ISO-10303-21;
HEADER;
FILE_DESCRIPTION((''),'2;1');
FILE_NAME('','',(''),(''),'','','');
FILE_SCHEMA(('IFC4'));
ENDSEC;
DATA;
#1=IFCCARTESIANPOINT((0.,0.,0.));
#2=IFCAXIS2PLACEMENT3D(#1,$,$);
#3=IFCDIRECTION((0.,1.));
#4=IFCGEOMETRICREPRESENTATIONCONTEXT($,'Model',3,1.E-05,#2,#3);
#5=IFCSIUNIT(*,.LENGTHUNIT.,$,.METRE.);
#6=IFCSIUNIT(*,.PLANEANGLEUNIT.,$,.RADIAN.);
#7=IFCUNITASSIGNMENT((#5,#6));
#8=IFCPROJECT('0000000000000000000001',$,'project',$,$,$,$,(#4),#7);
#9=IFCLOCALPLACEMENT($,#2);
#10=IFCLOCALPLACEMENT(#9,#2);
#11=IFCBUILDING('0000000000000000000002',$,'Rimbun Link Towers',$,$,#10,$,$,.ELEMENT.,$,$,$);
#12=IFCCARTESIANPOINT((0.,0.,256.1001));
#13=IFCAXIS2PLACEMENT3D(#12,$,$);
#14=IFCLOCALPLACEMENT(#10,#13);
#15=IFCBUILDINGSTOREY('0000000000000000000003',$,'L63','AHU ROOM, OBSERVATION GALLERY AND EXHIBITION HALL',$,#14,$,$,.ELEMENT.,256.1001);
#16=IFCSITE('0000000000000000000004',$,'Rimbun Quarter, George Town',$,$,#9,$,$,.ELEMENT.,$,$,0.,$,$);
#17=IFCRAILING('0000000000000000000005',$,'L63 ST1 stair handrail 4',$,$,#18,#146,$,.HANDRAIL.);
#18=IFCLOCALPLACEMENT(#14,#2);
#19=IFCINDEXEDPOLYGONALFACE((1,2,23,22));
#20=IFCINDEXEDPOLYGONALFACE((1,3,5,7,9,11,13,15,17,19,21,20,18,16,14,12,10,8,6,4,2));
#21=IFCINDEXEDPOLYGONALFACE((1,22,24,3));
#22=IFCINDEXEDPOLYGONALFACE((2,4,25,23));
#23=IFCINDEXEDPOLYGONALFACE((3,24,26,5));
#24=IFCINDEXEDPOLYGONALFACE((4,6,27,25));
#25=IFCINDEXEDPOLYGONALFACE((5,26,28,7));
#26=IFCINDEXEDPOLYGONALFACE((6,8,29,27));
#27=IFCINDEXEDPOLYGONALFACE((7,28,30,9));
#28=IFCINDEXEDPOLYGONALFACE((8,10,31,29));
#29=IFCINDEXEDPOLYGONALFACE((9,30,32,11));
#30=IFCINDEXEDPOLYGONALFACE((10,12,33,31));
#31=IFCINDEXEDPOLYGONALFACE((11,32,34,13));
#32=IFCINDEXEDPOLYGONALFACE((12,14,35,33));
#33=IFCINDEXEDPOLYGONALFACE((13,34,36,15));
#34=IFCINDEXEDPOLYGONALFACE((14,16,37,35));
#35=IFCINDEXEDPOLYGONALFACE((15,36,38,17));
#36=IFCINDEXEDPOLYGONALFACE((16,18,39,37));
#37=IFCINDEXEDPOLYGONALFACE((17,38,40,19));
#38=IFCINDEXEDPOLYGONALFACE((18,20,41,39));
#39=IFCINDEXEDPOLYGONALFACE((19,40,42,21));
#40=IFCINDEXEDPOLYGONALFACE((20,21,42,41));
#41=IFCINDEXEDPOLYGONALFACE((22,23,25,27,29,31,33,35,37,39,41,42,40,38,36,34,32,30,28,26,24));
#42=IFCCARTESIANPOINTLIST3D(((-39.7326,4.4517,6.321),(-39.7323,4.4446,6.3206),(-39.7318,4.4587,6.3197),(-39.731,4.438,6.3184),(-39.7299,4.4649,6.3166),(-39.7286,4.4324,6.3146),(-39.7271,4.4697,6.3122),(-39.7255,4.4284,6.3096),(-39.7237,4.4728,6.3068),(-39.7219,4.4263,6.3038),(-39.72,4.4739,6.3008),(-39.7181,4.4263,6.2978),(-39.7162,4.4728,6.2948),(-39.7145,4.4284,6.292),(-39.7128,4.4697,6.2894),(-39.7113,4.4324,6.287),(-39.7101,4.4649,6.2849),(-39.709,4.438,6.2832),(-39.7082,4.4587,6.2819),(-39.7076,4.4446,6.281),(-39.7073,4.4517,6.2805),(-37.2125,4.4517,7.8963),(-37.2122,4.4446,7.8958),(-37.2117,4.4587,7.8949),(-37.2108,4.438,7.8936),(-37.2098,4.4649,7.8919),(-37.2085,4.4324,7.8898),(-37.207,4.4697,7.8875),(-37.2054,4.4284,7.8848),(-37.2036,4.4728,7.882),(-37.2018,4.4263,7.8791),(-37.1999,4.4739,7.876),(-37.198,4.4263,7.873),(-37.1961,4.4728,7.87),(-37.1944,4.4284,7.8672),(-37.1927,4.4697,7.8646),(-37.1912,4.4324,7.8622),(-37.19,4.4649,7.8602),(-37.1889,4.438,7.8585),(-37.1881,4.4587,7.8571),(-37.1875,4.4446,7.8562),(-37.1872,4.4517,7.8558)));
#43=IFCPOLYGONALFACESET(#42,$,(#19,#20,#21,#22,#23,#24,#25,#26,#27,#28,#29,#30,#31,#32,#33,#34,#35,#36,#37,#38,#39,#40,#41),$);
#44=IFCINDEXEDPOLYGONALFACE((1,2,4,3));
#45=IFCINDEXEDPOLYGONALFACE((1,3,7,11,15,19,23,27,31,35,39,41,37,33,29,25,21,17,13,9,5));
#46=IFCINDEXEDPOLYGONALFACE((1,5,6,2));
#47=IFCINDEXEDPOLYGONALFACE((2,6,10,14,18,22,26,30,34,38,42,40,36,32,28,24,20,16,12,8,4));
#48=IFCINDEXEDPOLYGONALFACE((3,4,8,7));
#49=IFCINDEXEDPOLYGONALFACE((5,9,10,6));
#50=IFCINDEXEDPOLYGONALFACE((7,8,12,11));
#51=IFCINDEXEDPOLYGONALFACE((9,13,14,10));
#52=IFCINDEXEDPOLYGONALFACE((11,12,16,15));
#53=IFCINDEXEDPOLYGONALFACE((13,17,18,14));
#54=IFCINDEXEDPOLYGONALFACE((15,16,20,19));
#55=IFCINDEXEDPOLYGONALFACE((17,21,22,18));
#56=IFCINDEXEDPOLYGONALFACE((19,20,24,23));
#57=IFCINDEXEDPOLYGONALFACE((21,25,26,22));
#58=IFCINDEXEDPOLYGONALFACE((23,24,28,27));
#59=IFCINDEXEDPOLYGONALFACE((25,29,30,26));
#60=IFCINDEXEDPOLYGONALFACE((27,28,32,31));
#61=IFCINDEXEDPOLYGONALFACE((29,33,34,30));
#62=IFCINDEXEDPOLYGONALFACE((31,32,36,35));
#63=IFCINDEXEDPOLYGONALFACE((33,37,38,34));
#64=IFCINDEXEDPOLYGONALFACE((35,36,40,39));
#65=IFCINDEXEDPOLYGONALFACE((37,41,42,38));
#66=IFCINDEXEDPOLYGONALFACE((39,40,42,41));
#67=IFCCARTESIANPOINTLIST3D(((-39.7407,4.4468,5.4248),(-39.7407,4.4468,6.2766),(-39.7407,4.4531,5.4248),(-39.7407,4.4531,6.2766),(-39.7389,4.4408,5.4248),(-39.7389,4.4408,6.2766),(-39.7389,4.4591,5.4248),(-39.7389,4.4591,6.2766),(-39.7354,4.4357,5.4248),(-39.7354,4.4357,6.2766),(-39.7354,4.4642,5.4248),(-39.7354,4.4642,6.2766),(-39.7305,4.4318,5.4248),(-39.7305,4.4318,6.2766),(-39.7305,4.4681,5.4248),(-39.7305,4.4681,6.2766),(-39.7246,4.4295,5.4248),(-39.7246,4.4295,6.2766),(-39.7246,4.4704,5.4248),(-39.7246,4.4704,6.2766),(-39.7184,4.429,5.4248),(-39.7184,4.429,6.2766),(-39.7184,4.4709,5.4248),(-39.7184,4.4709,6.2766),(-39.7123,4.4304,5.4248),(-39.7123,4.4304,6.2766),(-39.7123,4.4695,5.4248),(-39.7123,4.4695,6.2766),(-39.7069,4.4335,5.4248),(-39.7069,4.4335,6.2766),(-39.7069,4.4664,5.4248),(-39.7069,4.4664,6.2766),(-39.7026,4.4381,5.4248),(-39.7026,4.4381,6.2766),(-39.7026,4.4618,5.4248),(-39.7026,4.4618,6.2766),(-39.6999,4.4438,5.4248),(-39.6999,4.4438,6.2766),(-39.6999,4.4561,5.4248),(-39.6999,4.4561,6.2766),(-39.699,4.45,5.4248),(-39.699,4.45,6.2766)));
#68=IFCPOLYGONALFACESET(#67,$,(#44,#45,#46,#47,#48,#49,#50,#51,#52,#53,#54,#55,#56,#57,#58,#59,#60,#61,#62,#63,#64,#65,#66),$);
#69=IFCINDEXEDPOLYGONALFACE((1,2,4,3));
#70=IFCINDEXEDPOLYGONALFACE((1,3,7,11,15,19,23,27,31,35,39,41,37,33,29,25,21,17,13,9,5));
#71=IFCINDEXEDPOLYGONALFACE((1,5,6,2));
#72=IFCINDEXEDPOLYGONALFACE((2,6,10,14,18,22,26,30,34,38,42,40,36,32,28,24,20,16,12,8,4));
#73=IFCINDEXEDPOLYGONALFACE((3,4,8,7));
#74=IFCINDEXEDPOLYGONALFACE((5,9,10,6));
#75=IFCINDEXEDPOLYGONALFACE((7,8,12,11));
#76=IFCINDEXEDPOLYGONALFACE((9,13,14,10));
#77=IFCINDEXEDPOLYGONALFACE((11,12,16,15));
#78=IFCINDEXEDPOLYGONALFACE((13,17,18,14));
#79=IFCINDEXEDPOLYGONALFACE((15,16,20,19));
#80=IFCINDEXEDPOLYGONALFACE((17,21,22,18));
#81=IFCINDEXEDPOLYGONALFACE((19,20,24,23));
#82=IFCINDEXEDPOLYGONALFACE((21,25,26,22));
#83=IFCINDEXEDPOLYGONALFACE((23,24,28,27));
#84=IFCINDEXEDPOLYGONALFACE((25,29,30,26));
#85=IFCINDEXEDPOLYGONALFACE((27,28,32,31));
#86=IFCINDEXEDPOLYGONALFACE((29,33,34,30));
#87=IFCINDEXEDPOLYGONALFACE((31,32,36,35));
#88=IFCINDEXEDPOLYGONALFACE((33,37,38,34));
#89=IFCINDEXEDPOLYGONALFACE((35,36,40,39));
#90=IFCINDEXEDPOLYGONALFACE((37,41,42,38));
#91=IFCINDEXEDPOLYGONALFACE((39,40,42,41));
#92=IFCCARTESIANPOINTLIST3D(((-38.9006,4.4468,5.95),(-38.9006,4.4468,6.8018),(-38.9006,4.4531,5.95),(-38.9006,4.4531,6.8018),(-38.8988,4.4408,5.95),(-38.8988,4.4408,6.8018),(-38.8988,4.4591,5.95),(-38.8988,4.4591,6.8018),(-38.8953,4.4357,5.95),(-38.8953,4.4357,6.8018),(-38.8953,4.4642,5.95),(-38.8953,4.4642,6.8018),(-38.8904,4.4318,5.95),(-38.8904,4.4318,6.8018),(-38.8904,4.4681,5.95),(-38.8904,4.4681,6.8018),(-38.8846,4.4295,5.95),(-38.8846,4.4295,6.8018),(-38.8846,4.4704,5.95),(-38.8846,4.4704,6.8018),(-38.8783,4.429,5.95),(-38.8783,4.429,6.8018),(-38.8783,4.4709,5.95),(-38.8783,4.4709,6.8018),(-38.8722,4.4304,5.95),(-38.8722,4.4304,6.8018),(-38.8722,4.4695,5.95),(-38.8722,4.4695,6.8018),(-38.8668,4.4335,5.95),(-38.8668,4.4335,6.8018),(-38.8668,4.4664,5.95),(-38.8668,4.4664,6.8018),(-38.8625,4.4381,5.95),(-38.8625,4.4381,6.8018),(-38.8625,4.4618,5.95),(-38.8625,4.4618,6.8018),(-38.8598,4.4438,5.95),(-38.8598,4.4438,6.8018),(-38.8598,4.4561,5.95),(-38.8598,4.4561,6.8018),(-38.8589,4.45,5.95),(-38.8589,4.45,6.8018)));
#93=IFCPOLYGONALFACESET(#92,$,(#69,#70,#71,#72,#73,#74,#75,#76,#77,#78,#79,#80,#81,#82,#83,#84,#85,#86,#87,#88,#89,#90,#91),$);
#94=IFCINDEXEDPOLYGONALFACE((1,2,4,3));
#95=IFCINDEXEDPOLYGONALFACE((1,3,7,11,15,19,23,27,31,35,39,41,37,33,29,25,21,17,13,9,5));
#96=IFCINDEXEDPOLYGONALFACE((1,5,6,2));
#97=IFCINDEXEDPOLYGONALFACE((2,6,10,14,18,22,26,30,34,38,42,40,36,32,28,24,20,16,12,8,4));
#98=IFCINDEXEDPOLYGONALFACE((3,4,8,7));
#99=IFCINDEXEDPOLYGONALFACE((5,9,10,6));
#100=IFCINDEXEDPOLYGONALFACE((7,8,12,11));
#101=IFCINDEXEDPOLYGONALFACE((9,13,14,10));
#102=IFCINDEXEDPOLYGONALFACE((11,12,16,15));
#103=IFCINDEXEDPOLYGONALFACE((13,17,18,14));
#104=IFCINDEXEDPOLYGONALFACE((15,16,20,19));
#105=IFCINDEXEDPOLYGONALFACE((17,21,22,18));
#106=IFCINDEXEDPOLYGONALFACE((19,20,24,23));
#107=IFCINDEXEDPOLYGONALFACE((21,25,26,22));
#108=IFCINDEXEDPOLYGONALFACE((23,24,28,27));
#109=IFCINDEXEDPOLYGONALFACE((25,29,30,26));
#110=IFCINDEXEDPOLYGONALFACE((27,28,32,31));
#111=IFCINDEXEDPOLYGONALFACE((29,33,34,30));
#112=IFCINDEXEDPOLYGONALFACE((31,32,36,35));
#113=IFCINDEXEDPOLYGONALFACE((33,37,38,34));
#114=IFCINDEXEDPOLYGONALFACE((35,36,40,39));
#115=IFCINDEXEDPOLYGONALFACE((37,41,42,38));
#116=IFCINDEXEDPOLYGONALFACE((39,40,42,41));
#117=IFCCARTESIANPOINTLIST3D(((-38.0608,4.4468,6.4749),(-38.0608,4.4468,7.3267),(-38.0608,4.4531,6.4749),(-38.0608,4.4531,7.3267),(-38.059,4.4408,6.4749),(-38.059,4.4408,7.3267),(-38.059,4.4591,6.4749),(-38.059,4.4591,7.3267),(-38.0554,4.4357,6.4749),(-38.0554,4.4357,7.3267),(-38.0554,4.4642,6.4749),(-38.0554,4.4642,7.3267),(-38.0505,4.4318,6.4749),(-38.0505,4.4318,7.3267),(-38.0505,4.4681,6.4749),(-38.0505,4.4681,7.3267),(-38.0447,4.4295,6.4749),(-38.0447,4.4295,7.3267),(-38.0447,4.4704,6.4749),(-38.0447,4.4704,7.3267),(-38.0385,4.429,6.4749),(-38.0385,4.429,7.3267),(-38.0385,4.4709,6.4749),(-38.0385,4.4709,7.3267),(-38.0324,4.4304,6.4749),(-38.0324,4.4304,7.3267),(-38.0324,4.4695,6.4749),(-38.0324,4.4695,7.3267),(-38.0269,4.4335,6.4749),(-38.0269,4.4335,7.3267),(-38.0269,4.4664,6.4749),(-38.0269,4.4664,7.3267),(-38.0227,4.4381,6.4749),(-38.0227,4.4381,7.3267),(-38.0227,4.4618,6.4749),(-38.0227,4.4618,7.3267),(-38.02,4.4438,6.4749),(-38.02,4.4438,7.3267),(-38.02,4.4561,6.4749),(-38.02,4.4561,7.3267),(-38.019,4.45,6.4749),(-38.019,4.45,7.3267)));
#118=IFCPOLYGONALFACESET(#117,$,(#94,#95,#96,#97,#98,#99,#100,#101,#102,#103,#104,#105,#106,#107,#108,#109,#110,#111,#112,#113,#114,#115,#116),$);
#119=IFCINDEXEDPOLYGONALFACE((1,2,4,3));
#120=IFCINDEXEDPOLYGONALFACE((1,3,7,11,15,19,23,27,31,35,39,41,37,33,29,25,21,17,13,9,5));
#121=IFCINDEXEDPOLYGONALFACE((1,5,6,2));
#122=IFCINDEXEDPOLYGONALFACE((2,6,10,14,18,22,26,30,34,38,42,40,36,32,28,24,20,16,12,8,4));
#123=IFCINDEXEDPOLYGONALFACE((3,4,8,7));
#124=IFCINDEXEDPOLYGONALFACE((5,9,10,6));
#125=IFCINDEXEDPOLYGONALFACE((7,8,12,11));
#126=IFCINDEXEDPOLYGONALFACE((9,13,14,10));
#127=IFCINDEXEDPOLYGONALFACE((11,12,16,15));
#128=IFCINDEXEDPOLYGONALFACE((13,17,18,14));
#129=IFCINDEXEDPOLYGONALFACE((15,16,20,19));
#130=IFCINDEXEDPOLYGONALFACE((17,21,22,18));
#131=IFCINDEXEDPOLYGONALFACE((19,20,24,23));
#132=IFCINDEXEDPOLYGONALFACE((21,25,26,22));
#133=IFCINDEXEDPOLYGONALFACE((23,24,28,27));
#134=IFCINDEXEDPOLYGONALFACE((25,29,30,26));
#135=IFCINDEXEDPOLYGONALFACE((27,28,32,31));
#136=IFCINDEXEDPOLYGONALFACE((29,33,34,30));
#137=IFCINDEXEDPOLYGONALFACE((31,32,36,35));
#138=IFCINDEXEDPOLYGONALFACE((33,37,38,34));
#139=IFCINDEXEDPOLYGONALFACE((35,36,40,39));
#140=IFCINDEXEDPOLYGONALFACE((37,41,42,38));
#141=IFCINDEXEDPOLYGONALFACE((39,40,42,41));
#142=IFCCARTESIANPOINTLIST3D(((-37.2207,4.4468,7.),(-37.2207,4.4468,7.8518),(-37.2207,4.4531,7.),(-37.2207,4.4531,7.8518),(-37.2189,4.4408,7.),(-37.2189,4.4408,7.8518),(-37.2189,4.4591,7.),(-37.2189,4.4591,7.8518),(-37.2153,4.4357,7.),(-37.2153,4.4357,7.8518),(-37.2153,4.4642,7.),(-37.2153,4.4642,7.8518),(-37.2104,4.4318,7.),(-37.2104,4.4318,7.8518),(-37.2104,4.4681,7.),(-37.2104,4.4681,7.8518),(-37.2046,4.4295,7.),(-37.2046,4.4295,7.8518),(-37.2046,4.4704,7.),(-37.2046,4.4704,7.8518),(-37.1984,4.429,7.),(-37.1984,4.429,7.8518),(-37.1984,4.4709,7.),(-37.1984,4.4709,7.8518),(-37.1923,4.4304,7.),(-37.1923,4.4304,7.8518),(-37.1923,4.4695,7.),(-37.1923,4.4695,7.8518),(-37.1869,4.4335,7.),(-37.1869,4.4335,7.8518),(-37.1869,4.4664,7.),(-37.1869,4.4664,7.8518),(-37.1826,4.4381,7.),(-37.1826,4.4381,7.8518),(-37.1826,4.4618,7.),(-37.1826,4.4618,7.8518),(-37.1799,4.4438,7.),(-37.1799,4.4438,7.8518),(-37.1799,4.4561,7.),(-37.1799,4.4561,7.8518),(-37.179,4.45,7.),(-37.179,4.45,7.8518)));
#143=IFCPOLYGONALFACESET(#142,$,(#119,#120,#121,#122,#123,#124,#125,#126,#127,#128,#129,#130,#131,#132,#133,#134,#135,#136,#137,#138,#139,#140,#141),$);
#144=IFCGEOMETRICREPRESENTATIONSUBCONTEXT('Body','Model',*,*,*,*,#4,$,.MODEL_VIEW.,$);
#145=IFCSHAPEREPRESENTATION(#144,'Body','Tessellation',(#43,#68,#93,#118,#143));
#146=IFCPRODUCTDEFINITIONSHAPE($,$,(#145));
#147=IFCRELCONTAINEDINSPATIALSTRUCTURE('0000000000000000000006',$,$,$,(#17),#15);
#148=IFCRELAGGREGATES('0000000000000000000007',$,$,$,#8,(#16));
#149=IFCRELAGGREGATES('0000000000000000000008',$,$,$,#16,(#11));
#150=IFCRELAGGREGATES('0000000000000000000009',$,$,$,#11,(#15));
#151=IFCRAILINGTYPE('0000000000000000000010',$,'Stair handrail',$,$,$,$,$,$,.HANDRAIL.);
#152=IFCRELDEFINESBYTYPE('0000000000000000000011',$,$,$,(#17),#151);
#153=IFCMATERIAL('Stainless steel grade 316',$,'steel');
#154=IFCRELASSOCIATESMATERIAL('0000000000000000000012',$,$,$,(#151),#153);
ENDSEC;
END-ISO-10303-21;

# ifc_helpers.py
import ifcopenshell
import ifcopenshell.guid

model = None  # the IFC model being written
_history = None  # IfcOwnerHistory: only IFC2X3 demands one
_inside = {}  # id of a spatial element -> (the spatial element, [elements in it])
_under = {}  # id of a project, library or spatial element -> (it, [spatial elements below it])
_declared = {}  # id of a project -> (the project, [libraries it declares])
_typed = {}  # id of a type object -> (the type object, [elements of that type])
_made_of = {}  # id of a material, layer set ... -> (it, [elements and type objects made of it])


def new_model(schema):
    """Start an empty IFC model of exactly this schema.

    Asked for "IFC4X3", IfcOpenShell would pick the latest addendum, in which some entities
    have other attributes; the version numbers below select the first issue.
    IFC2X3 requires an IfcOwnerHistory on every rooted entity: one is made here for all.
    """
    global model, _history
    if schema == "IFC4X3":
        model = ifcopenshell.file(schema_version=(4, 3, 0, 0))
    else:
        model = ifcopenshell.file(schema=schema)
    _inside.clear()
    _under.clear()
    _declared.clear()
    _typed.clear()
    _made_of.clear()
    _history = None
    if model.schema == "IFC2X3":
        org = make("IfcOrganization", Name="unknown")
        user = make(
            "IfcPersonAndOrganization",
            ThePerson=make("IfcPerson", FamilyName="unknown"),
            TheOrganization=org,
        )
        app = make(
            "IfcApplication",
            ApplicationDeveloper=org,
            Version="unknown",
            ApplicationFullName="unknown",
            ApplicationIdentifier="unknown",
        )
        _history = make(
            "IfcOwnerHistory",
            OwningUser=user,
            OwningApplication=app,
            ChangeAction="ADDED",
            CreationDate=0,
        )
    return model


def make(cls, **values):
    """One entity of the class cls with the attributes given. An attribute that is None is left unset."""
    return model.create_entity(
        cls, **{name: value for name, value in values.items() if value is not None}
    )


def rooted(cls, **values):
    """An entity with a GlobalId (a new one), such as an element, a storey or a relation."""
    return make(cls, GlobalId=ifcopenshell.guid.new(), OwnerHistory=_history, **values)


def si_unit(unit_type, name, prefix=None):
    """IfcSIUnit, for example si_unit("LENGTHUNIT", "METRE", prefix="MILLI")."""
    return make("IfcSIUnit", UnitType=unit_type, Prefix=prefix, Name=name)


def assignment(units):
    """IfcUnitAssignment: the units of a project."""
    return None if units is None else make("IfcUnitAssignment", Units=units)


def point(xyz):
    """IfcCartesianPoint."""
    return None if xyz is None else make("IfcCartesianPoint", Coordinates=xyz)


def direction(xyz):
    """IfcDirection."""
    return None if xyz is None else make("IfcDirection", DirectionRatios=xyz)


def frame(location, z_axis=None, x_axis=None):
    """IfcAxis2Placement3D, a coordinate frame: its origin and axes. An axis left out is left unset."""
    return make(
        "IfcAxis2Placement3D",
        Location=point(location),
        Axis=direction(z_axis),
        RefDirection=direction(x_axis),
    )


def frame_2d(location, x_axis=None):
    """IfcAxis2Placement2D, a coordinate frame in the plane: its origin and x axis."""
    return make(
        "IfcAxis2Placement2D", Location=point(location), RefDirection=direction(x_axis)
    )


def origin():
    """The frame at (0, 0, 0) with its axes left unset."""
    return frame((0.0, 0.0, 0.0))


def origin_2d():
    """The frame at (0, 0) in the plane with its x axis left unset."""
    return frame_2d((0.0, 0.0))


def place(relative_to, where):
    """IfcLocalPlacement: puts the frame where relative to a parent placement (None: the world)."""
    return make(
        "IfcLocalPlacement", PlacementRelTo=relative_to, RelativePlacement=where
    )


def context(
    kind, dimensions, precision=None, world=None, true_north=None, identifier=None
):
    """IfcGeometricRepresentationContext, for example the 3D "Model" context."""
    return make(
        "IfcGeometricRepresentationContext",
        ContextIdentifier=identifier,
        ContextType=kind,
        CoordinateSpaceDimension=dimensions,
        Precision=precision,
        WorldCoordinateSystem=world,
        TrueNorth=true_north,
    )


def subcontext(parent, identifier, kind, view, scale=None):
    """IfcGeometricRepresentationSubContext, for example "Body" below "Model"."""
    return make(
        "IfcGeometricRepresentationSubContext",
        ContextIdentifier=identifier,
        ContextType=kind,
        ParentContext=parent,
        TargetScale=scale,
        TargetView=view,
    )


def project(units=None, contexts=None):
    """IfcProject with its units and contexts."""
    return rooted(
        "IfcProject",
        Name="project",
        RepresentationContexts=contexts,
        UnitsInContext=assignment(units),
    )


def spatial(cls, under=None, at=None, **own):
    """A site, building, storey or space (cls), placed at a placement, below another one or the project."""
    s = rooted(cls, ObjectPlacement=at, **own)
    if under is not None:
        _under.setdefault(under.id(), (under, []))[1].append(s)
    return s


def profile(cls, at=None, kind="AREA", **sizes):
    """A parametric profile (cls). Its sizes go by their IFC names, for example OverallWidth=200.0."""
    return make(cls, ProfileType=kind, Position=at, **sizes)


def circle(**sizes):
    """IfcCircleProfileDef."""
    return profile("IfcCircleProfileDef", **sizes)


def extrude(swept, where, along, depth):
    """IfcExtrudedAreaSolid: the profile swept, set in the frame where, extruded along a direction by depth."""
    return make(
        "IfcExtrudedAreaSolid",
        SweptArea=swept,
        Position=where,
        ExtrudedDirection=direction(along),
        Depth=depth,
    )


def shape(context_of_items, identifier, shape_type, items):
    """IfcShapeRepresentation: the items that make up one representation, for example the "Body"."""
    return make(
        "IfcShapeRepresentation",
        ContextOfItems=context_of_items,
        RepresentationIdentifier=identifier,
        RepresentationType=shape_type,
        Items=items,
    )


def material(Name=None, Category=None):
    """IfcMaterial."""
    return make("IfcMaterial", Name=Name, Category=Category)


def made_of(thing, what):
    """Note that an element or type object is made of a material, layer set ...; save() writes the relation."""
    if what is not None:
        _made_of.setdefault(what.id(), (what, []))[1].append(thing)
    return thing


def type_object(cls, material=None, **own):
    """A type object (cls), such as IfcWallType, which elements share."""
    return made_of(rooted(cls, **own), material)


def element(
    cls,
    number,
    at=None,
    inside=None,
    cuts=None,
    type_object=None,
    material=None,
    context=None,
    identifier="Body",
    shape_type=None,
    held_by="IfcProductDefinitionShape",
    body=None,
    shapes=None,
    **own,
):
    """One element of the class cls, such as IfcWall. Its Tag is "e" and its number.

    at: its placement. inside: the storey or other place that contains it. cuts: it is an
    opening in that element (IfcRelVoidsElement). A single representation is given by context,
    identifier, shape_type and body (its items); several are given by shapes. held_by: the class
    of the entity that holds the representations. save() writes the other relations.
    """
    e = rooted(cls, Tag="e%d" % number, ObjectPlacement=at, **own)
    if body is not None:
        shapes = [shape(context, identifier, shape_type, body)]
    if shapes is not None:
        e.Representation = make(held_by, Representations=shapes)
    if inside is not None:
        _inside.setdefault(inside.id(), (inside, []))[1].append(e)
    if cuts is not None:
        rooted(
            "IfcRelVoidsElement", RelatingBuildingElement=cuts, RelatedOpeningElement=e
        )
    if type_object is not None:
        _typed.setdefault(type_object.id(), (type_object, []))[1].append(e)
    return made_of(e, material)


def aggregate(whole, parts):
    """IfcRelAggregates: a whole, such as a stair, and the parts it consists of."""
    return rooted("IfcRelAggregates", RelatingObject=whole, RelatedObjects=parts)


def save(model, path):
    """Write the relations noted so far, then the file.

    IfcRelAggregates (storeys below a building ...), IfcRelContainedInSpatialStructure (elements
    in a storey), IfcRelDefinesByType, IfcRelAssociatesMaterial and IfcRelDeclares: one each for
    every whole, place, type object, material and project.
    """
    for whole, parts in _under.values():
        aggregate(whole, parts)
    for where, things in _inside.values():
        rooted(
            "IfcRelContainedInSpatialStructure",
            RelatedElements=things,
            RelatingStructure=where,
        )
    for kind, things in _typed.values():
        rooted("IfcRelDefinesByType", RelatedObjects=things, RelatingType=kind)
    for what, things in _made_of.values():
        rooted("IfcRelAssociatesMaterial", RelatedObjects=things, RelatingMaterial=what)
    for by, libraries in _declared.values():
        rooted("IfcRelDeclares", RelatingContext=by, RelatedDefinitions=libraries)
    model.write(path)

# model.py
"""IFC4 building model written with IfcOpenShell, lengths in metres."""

from ifc_helpers import new_model, si_unit, direction, frame, origin, origin_2d, place, context, subcontext, project, spatial, circle, extrude, material, type_object, element, save


model = new_model("IFC4")

# Units and contexts
model_context = context("Model", 3, precision=1e-05, world=origin(), true_north=direction((0.0, 1.0)))
body_context = subcontext(model_context, "Body", "Model", "MODEL_VIEW")
ifc_project = project(units=[si_unit("LENGTHUNIT", "METRE"), si_unit("PLANEANGLEUNIT", "RADIAN")], contexts=[model_context])

# Site, building, storey
site_placement = place(None, origin())
site = spatial("IfcSite", under=ifc_project, at=site_placement, Name="Rimbun Quarter, George Town", CompositionType="ELEMENT", RefElevation=0.0)
building_placement = place(site_placement, origin())
building = spatial("IfcBuilding", under=site, at=building_placement, Name="Rimbun Link Towers", CompositionType="ELEMENT")
storey_placement = place(building_placement, frame((0.0, 0.0, 256.1001)))
storey = spatial("IfcBuildingStorey", under=building, at=storey_placement, Name="L63", Description="AHU ROOM, OBSERVATION GALLERY AND EXHIBITION HALL", CompositionType="ELEMENT", Elevation=256.1001)

# Railing
ifc_material_1 = material(Name="Stainless steel grade 316", Category="steel")
railing_type_1 = type_object("IfcRailingType", Name="Stair handrail", PredefinedType="HANDRAIL", material=ifc_material_1)
railing_1_placement = place(storey_placement, frame((-39.72, 4.45, 5.4248)))
element("IfcRailing", 1, at=railing_1_placement, inside=storey, type_object=railing_type_1, Name="L63 ST1 stair handrail 4", PredefinedType="HANDRAIL", context=body_context, shape_type="SweptSolid", body=[
    extrude(circle(Radius=0.0239, at=origin_2d()), frame((0.0, 0.0, 0.876), z_axis=(0.847971, 0.0, 0.530043), x_axis=(0.0, 1.0, 0.0)), (0.0, 0.0, 1.0), 2.9719),
    extrude(circle(Radius=0.021, at=origin_2d()), origin(), (0.0, 0.0, 1.0), 0.8518),
    extrude(circle(Radius=0.021, at=origin_2d()), frame((0.8401, 0.0, 0.5251)), (0.0, 0.0, 1.0), 0.8518),
    extrude(circle(Radius=0.021, at=origin_2d()), frame((1.6799, 0.0, 1.05)), (0.0, 0.0, 1.0), 0.8518),
    extrude(circle(Radius=0.021, at=origin_2d()), frame((2.52, 0.0, 1.5752)), (0.0, 0.0, 1.0), 0.8518),
])

save(model, "model.ifc")
